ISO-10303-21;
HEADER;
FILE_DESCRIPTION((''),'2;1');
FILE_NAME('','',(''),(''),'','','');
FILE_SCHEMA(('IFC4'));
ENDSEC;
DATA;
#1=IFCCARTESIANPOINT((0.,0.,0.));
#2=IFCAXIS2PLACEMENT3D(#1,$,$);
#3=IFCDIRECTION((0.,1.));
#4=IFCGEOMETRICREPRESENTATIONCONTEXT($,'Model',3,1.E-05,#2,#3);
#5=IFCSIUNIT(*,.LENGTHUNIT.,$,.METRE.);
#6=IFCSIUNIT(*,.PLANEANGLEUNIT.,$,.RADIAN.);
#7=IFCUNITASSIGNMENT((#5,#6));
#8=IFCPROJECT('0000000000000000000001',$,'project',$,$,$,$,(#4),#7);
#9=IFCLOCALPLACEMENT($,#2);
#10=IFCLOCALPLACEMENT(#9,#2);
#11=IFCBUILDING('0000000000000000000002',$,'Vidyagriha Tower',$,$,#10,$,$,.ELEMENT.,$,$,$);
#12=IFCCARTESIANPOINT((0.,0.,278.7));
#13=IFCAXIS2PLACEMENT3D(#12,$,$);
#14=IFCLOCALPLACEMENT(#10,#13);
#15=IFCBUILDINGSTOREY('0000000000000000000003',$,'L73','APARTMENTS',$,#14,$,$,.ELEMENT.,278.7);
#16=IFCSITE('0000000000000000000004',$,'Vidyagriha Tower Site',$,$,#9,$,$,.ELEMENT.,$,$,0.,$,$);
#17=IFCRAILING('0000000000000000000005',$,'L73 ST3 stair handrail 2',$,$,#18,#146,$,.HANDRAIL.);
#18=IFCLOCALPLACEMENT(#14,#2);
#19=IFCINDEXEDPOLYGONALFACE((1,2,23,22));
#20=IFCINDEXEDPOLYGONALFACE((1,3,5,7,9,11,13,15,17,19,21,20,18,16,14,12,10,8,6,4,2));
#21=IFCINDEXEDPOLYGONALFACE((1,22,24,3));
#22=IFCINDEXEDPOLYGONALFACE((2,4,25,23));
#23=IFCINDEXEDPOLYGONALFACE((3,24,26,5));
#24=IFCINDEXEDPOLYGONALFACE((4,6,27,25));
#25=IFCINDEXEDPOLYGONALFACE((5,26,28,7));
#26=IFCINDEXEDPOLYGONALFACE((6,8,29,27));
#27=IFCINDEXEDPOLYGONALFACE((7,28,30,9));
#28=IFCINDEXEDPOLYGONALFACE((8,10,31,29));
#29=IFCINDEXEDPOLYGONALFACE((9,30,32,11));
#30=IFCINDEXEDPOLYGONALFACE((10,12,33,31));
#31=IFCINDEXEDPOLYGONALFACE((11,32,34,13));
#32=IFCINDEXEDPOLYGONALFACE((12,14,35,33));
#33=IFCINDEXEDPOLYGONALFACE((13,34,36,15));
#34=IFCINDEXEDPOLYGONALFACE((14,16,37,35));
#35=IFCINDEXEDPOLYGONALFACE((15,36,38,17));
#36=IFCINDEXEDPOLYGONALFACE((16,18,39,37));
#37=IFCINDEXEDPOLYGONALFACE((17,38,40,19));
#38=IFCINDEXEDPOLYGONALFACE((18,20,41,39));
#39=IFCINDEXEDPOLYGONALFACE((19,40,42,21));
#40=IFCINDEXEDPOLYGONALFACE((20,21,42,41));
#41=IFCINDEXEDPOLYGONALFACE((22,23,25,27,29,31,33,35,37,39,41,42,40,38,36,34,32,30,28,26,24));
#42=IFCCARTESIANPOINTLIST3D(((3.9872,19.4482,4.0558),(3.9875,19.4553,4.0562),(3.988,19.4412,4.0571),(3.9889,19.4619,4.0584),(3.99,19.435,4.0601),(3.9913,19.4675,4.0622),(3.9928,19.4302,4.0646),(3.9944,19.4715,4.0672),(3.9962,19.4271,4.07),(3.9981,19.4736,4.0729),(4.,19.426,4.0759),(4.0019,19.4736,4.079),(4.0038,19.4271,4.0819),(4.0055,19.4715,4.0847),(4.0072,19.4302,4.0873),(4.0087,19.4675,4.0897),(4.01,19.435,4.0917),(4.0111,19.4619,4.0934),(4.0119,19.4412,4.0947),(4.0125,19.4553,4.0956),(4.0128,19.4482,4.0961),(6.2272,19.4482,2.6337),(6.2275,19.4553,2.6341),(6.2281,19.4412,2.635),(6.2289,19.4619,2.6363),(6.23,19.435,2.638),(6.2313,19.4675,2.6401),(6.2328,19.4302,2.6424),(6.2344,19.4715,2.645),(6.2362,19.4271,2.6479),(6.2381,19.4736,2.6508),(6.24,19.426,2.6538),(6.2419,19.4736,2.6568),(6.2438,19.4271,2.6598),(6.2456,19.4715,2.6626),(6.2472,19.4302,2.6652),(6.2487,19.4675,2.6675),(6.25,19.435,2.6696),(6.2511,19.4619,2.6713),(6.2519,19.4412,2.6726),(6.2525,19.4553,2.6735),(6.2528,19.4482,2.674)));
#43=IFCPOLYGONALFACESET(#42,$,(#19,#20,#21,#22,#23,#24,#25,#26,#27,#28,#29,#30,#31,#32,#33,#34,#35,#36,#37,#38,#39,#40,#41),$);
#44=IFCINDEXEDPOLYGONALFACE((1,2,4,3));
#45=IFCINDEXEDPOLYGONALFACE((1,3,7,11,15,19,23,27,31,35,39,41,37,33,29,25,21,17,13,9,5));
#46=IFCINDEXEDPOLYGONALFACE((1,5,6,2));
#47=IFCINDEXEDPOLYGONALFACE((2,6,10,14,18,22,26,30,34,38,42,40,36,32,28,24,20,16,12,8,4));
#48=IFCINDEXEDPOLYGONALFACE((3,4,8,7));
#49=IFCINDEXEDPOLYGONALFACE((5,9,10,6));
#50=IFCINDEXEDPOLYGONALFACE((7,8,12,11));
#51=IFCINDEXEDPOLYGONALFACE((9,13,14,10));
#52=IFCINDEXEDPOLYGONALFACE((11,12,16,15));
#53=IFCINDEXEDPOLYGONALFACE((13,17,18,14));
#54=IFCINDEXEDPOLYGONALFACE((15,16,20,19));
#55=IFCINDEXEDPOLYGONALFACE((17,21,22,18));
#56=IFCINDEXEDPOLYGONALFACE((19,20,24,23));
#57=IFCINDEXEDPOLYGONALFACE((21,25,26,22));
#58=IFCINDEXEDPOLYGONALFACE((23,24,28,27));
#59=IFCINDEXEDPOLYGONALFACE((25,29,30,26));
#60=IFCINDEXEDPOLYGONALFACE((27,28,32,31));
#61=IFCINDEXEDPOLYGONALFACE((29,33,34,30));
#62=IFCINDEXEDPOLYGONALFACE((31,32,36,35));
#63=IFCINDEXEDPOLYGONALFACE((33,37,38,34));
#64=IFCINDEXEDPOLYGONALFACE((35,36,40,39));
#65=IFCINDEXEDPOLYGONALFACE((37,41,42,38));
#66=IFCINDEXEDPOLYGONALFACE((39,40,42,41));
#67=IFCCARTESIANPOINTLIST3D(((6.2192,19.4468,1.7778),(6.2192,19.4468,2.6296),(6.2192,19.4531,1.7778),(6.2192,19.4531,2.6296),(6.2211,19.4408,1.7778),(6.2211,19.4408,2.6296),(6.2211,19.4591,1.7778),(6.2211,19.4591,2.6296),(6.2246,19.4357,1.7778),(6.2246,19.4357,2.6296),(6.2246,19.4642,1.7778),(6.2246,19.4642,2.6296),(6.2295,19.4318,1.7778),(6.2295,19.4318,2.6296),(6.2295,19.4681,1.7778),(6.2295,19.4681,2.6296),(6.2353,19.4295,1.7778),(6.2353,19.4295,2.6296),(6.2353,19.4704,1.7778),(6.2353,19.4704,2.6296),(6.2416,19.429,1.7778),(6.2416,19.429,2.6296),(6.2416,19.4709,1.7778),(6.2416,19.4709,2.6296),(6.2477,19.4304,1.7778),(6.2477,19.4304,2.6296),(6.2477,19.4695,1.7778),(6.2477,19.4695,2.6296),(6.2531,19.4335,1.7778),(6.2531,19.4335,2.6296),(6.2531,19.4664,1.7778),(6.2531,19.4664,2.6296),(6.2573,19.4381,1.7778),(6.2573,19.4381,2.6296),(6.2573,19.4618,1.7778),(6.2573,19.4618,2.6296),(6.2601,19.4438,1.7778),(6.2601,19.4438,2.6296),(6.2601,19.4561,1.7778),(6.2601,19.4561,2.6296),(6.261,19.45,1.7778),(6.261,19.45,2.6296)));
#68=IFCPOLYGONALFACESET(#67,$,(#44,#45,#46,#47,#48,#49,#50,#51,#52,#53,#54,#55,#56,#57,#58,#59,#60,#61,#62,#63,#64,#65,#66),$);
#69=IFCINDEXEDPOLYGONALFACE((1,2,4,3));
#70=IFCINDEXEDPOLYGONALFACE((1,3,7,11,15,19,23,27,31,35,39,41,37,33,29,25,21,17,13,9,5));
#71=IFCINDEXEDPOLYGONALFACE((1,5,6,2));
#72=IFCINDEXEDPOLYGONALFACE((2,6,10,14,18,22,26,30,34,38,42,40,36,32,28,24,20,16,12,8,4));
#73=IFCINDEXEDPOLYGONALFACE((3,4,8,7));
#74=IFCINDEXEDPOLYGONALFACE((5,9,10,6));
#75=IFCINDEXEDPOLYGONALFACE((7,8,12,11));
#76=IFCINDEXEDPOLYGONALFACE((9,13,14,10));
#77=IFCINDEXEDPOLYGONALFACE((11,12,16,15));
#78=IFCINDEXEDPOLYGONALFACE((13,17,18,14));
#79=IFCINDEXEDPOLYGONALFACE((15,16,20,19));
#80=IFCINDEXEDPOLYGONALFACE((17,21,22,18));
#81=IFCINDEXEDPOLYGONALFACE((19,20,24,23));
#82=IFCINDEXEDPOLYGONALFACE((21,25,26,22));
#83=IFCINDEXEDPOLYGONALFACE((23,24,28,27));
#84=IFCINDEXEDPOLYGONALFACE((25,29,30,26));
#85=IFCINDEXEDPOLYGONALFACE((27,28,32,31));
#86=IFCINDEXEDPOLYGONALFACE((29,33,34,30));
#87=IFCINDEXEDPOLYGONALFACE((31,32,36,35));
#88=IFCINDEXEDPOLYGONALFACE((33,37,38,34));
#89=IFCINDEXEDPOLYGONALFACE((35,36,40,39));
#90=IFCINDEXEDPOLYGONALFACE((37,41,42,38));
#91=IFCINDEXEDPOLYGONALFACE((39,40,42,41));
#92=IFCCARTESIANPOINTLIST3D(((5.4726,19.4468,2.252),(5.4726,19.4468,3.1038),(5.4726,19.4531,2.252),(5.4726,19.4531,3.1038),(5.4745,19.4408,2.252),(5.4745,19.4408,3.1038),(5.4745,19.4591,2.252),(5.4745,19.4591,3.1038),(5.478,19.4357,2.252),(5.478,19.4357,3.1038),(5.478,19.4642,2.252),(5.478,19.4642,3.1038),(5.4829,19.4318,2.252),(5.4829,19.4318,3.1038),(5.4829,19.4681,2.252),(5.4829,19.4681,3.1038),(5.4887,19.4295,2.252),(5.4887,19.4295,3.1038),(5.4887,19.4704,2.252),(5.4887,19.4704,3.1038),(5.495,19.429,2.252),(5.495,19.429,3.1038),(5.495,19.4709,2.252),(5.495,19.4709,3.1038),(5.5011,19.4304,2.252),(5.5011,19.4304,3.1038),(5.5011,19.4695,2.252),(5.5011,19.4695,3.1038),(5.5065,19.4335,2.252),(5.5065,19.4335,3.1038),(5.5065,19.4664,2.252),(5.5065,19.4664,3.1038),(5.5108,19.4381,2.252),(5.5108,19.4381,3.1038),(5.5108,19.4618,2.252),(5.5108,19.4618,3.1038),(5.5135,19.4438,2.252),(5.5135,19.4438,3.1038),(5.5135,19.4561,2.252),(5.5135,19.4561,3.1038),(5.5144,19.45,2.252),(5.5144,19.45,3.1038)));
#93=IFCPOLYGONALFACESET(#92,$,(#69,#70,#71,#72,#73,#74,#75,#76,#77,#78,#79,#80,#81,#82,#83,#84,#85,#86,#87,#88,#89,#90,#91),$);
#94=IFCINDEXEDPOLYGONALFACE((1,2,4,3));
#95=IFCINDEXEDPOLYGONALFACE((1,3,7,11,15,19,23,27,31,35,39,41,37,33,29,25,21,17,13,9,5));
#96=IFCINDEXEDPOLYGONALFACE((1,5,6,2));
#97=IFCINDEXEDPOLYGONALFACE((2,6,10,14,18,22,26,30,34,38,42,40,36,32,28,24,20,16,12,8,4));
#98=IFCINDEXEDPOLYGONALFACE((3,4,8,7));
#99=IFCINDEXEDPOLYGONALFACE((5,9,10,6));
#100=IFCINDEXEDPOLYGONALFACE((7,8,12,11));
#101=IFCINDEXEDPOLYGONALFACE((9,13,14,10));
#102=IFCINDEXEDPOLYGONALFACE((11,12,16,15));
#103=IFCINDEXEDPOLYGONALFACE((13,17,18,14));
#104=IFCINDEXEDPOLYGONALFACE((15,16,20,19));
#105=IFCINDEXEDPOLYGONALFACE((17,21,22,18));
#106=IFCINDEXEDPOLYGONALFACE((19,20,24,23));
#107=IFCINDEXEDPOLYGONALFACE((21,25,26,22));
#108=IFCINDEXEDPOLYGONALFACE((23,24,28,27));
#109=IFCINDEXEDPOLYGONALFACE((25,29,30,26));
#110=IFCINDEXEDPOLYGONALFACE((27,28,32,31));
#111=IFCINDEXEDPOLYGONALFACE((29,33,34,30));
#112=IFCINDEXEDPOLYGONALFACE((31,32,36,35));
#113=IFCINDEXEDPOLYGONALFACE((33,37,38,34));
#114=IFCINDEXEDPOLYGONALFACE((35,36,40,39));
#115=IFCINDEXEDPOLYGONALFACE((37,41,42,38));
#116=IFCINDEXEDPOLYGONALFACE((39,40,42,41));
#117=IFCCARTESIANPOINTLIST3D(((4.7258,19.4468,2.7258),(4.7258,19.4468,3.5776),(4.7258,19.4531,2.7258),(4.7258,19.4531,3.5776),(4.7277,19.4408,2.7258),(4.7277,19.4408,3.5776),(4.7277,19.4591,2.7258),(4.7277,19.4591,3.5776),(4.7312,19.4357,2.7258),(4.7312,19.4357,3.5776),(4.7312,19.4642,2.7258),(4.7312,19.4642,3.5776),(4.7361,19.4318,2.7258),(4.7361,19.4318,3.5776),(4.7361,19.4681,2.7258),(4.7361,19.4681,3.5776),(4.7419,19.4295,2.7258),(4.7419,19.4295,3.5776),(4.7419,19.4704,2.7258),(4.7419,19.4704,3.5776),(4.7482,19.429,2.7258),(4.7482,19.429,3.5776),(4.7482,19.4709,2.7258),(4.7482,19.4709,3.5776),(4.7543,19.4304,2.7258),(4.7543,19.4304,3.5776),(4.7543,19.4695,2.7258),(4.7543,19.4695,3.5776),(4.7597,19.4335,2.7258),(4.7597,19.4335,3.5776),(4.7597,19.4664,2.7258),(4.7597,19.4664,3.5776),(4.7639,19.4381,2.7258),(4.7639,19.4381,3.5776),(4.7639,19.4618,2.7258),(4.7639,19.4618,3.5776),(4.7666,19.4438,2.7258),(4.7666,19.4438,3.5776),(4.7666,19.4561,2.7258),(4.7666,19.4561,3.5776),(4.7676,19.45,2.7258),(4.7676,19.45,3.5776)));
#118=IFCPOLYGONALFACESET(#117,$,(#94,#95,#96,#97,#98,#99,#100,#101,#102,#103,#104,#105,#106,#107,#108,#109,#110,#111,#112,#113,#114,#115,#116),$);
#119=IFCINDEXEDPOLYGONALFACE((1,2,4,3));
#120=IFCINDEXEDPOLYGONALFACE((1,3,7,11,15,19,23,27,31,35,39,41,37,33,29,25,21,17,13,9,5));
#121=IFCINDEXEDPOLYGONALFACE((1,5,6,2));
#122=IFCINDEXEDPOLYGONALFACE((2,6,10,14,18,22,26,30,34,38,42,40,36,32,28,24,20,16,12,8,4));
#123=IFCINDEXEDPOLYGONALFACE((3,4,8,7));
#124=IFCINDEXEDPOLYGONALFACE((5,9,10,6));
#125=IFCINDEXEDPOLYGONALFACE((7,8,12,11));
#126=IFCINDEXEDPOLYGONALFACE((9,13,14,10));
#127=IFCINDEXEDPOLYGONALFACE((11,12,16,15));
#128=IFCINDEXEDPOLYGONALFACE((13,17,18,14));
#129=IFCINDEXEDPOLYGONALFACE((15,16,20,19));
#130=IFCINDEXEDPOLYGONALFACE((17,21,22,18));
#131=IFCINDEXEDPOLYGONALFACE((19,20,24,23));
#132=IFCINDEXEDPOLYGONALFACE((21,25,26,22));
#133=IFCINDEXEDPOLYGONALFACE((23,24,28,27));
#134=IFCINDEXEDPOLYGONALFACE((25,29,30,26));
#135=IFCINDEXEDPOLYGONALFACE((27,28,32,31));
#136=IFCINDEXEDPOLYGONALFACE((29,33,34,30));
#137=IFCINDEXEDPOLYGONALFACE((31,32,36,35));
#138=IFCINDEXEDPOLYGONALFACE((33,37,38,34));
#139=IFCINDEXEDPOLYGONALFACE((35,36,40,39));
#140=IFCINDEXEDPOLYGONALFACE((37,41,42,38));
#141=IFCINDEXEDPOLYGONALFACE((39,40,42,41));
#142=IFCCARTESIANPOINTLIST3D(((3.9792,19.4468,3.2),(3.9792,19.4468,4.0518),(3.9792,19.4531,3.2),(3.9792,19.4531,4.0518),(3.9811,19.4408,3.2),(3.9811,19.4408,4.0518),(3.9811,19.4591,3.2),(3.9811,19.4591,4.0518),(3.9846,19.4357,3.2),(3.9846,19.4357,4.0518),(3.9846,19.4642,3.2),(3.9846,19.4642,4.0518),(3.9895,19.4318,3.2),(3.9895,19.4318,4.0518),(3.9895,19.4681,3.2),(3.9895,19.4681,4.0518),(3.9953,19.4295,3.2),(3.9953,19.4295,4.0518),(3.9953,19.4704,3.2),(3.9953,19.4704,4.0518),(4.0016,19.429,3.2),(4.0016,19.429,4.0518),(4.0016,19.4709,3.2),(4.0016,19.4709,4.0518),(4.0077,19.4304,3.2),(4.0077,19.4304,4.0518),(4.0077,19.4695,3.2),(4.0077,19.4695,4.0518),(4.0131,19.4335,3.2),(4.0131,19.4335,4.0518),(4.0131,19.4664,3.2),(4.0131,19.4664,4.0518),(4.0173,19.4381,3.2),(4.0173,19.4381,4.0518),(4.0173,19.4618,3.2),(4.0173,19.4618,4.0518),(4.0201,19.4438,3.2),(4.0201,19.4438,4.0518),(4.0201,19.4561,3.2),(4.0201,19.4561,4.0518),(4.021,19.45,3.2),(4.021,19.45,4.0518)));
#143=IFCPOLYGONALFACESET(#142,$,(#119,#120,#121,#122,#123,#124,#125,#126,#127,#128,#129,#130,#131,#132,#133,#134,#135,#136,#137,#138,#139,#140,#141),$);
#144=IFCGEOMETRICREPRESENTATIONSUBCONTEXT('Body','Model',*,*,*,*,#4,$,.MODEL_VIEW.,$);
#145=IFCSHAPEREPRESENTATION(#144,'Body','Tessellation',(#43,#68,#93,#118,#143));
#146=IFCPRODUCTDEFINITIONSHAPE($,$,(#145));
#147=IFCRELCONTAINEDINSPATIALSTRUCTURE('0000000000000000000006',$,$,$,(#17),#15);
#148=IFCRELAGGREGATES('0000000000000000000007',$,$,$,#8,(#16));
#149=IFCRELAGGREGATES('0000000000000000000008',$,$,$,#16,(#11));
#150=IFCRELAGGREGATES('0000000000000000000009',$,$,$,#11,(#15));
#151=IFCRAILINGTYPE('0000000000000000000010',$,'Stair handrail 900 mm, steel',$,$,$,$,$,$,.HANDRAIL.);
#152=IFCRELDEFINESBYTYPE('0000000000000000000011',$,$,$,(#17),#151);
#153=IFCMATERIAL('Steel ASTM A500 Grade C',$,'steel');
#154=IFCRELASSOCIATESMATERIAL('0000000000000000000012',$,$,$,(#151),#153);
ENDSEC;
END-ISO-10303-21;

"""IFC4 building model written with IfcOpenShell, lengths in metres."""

from ifc_helpers import new_model, si_unit, direction, frame, origin, origin_2d, place, context, subcontext, project, spatial, circle, extrude, material, type_object, element, save


model = new_model("IFC4")

# Units and contexts
model_context = context("Model", 3, precision=1e-05, world=origin(), true_north=direction((0.0, 1.0)))
body_context = subcontext(model_context, "Body", "Model", "MODEL_VIEW")
ifc_project = project(units=[si_unit("LENGTHUNIT", "METRE"), si_unit("PLANEANGLEUNIT", "RADIAN")], contexts=[model_context])

# Site, building, storey
site_placement = place(None, origin())
site = spatial("IfcSite", under=ifc_project, at=site_placement, Name="Vidyagriha Tower Site", CompositionType="ELEMENT", RefElevation=0.0)
building_placement = place(site_placement, origin())
building = spatial("IfcBuilding", under=site, at=building_placement, Name="Vidyagriha Tower", CompositionType="ELEMENT")
storey_placement = place(building_placement, frame((0.0, 0.0, 278.7)))
storey = spatial("IfcBuildingStorey", under=building, at=storey_placement, Name="L73", Description="APARTMENTS", CompositionType="ELEMENT", Elevation=278.7)

# Railing
ifc_material_1 = material(Name="Steel ASTM A500 Grade C", Category="steel")
railing_type_1 = type_object("IfcRailingType", Name="Stair handrail 900 mm, steel", PredefinedType="HANDRAIL", material=ifc_material_1)
for number, where, name in (
    (1, (6.24, 19.45, 1.7778), "L73 ST3 stair handrail 2"),
):
    element("IfcRailing", number, at=place(storey_placement, frame(where)), inside=storey, type_object=railing_type_1, Name=name, PredefinedType="HANDRAIL", context=body_context, shape_type="SweptSolid", body=[
        extrude(circle(Radius=0.0239, at=origin_2d()), frame((0.0, 0.0, 0.876), z_axis=(-0.844229, 0.0, 0.535982), x_axis=(0.0, -1.0, 0.0)), (0.0, 0.0, 1.0), 2.6533),
        extrude(circle(Radius=0.021, at=origin_2d()), origin(), (0.0, 0.0, 1.0), 0.8518),
        extrude(circle(Radius=0.021, at=origin_2d()), frame((-0.7466, 0.0, 0.4741)), (0.0, 0.0, 1.0), 0.8518),
        extrude(circle(Radius=0.021, at=origin_2d()), frame((-1.4934, 0.0, 0.948)), (0.0, 0.0, 1.0), 0.8518),
        extrude(circle(Radius=0.021, at=origin_2d()), frame((-2.24, 0.0, 1.4221)), (0.0, 0.0, 1.0), 0.8518),
    ])

save(model, "model.ifc")
